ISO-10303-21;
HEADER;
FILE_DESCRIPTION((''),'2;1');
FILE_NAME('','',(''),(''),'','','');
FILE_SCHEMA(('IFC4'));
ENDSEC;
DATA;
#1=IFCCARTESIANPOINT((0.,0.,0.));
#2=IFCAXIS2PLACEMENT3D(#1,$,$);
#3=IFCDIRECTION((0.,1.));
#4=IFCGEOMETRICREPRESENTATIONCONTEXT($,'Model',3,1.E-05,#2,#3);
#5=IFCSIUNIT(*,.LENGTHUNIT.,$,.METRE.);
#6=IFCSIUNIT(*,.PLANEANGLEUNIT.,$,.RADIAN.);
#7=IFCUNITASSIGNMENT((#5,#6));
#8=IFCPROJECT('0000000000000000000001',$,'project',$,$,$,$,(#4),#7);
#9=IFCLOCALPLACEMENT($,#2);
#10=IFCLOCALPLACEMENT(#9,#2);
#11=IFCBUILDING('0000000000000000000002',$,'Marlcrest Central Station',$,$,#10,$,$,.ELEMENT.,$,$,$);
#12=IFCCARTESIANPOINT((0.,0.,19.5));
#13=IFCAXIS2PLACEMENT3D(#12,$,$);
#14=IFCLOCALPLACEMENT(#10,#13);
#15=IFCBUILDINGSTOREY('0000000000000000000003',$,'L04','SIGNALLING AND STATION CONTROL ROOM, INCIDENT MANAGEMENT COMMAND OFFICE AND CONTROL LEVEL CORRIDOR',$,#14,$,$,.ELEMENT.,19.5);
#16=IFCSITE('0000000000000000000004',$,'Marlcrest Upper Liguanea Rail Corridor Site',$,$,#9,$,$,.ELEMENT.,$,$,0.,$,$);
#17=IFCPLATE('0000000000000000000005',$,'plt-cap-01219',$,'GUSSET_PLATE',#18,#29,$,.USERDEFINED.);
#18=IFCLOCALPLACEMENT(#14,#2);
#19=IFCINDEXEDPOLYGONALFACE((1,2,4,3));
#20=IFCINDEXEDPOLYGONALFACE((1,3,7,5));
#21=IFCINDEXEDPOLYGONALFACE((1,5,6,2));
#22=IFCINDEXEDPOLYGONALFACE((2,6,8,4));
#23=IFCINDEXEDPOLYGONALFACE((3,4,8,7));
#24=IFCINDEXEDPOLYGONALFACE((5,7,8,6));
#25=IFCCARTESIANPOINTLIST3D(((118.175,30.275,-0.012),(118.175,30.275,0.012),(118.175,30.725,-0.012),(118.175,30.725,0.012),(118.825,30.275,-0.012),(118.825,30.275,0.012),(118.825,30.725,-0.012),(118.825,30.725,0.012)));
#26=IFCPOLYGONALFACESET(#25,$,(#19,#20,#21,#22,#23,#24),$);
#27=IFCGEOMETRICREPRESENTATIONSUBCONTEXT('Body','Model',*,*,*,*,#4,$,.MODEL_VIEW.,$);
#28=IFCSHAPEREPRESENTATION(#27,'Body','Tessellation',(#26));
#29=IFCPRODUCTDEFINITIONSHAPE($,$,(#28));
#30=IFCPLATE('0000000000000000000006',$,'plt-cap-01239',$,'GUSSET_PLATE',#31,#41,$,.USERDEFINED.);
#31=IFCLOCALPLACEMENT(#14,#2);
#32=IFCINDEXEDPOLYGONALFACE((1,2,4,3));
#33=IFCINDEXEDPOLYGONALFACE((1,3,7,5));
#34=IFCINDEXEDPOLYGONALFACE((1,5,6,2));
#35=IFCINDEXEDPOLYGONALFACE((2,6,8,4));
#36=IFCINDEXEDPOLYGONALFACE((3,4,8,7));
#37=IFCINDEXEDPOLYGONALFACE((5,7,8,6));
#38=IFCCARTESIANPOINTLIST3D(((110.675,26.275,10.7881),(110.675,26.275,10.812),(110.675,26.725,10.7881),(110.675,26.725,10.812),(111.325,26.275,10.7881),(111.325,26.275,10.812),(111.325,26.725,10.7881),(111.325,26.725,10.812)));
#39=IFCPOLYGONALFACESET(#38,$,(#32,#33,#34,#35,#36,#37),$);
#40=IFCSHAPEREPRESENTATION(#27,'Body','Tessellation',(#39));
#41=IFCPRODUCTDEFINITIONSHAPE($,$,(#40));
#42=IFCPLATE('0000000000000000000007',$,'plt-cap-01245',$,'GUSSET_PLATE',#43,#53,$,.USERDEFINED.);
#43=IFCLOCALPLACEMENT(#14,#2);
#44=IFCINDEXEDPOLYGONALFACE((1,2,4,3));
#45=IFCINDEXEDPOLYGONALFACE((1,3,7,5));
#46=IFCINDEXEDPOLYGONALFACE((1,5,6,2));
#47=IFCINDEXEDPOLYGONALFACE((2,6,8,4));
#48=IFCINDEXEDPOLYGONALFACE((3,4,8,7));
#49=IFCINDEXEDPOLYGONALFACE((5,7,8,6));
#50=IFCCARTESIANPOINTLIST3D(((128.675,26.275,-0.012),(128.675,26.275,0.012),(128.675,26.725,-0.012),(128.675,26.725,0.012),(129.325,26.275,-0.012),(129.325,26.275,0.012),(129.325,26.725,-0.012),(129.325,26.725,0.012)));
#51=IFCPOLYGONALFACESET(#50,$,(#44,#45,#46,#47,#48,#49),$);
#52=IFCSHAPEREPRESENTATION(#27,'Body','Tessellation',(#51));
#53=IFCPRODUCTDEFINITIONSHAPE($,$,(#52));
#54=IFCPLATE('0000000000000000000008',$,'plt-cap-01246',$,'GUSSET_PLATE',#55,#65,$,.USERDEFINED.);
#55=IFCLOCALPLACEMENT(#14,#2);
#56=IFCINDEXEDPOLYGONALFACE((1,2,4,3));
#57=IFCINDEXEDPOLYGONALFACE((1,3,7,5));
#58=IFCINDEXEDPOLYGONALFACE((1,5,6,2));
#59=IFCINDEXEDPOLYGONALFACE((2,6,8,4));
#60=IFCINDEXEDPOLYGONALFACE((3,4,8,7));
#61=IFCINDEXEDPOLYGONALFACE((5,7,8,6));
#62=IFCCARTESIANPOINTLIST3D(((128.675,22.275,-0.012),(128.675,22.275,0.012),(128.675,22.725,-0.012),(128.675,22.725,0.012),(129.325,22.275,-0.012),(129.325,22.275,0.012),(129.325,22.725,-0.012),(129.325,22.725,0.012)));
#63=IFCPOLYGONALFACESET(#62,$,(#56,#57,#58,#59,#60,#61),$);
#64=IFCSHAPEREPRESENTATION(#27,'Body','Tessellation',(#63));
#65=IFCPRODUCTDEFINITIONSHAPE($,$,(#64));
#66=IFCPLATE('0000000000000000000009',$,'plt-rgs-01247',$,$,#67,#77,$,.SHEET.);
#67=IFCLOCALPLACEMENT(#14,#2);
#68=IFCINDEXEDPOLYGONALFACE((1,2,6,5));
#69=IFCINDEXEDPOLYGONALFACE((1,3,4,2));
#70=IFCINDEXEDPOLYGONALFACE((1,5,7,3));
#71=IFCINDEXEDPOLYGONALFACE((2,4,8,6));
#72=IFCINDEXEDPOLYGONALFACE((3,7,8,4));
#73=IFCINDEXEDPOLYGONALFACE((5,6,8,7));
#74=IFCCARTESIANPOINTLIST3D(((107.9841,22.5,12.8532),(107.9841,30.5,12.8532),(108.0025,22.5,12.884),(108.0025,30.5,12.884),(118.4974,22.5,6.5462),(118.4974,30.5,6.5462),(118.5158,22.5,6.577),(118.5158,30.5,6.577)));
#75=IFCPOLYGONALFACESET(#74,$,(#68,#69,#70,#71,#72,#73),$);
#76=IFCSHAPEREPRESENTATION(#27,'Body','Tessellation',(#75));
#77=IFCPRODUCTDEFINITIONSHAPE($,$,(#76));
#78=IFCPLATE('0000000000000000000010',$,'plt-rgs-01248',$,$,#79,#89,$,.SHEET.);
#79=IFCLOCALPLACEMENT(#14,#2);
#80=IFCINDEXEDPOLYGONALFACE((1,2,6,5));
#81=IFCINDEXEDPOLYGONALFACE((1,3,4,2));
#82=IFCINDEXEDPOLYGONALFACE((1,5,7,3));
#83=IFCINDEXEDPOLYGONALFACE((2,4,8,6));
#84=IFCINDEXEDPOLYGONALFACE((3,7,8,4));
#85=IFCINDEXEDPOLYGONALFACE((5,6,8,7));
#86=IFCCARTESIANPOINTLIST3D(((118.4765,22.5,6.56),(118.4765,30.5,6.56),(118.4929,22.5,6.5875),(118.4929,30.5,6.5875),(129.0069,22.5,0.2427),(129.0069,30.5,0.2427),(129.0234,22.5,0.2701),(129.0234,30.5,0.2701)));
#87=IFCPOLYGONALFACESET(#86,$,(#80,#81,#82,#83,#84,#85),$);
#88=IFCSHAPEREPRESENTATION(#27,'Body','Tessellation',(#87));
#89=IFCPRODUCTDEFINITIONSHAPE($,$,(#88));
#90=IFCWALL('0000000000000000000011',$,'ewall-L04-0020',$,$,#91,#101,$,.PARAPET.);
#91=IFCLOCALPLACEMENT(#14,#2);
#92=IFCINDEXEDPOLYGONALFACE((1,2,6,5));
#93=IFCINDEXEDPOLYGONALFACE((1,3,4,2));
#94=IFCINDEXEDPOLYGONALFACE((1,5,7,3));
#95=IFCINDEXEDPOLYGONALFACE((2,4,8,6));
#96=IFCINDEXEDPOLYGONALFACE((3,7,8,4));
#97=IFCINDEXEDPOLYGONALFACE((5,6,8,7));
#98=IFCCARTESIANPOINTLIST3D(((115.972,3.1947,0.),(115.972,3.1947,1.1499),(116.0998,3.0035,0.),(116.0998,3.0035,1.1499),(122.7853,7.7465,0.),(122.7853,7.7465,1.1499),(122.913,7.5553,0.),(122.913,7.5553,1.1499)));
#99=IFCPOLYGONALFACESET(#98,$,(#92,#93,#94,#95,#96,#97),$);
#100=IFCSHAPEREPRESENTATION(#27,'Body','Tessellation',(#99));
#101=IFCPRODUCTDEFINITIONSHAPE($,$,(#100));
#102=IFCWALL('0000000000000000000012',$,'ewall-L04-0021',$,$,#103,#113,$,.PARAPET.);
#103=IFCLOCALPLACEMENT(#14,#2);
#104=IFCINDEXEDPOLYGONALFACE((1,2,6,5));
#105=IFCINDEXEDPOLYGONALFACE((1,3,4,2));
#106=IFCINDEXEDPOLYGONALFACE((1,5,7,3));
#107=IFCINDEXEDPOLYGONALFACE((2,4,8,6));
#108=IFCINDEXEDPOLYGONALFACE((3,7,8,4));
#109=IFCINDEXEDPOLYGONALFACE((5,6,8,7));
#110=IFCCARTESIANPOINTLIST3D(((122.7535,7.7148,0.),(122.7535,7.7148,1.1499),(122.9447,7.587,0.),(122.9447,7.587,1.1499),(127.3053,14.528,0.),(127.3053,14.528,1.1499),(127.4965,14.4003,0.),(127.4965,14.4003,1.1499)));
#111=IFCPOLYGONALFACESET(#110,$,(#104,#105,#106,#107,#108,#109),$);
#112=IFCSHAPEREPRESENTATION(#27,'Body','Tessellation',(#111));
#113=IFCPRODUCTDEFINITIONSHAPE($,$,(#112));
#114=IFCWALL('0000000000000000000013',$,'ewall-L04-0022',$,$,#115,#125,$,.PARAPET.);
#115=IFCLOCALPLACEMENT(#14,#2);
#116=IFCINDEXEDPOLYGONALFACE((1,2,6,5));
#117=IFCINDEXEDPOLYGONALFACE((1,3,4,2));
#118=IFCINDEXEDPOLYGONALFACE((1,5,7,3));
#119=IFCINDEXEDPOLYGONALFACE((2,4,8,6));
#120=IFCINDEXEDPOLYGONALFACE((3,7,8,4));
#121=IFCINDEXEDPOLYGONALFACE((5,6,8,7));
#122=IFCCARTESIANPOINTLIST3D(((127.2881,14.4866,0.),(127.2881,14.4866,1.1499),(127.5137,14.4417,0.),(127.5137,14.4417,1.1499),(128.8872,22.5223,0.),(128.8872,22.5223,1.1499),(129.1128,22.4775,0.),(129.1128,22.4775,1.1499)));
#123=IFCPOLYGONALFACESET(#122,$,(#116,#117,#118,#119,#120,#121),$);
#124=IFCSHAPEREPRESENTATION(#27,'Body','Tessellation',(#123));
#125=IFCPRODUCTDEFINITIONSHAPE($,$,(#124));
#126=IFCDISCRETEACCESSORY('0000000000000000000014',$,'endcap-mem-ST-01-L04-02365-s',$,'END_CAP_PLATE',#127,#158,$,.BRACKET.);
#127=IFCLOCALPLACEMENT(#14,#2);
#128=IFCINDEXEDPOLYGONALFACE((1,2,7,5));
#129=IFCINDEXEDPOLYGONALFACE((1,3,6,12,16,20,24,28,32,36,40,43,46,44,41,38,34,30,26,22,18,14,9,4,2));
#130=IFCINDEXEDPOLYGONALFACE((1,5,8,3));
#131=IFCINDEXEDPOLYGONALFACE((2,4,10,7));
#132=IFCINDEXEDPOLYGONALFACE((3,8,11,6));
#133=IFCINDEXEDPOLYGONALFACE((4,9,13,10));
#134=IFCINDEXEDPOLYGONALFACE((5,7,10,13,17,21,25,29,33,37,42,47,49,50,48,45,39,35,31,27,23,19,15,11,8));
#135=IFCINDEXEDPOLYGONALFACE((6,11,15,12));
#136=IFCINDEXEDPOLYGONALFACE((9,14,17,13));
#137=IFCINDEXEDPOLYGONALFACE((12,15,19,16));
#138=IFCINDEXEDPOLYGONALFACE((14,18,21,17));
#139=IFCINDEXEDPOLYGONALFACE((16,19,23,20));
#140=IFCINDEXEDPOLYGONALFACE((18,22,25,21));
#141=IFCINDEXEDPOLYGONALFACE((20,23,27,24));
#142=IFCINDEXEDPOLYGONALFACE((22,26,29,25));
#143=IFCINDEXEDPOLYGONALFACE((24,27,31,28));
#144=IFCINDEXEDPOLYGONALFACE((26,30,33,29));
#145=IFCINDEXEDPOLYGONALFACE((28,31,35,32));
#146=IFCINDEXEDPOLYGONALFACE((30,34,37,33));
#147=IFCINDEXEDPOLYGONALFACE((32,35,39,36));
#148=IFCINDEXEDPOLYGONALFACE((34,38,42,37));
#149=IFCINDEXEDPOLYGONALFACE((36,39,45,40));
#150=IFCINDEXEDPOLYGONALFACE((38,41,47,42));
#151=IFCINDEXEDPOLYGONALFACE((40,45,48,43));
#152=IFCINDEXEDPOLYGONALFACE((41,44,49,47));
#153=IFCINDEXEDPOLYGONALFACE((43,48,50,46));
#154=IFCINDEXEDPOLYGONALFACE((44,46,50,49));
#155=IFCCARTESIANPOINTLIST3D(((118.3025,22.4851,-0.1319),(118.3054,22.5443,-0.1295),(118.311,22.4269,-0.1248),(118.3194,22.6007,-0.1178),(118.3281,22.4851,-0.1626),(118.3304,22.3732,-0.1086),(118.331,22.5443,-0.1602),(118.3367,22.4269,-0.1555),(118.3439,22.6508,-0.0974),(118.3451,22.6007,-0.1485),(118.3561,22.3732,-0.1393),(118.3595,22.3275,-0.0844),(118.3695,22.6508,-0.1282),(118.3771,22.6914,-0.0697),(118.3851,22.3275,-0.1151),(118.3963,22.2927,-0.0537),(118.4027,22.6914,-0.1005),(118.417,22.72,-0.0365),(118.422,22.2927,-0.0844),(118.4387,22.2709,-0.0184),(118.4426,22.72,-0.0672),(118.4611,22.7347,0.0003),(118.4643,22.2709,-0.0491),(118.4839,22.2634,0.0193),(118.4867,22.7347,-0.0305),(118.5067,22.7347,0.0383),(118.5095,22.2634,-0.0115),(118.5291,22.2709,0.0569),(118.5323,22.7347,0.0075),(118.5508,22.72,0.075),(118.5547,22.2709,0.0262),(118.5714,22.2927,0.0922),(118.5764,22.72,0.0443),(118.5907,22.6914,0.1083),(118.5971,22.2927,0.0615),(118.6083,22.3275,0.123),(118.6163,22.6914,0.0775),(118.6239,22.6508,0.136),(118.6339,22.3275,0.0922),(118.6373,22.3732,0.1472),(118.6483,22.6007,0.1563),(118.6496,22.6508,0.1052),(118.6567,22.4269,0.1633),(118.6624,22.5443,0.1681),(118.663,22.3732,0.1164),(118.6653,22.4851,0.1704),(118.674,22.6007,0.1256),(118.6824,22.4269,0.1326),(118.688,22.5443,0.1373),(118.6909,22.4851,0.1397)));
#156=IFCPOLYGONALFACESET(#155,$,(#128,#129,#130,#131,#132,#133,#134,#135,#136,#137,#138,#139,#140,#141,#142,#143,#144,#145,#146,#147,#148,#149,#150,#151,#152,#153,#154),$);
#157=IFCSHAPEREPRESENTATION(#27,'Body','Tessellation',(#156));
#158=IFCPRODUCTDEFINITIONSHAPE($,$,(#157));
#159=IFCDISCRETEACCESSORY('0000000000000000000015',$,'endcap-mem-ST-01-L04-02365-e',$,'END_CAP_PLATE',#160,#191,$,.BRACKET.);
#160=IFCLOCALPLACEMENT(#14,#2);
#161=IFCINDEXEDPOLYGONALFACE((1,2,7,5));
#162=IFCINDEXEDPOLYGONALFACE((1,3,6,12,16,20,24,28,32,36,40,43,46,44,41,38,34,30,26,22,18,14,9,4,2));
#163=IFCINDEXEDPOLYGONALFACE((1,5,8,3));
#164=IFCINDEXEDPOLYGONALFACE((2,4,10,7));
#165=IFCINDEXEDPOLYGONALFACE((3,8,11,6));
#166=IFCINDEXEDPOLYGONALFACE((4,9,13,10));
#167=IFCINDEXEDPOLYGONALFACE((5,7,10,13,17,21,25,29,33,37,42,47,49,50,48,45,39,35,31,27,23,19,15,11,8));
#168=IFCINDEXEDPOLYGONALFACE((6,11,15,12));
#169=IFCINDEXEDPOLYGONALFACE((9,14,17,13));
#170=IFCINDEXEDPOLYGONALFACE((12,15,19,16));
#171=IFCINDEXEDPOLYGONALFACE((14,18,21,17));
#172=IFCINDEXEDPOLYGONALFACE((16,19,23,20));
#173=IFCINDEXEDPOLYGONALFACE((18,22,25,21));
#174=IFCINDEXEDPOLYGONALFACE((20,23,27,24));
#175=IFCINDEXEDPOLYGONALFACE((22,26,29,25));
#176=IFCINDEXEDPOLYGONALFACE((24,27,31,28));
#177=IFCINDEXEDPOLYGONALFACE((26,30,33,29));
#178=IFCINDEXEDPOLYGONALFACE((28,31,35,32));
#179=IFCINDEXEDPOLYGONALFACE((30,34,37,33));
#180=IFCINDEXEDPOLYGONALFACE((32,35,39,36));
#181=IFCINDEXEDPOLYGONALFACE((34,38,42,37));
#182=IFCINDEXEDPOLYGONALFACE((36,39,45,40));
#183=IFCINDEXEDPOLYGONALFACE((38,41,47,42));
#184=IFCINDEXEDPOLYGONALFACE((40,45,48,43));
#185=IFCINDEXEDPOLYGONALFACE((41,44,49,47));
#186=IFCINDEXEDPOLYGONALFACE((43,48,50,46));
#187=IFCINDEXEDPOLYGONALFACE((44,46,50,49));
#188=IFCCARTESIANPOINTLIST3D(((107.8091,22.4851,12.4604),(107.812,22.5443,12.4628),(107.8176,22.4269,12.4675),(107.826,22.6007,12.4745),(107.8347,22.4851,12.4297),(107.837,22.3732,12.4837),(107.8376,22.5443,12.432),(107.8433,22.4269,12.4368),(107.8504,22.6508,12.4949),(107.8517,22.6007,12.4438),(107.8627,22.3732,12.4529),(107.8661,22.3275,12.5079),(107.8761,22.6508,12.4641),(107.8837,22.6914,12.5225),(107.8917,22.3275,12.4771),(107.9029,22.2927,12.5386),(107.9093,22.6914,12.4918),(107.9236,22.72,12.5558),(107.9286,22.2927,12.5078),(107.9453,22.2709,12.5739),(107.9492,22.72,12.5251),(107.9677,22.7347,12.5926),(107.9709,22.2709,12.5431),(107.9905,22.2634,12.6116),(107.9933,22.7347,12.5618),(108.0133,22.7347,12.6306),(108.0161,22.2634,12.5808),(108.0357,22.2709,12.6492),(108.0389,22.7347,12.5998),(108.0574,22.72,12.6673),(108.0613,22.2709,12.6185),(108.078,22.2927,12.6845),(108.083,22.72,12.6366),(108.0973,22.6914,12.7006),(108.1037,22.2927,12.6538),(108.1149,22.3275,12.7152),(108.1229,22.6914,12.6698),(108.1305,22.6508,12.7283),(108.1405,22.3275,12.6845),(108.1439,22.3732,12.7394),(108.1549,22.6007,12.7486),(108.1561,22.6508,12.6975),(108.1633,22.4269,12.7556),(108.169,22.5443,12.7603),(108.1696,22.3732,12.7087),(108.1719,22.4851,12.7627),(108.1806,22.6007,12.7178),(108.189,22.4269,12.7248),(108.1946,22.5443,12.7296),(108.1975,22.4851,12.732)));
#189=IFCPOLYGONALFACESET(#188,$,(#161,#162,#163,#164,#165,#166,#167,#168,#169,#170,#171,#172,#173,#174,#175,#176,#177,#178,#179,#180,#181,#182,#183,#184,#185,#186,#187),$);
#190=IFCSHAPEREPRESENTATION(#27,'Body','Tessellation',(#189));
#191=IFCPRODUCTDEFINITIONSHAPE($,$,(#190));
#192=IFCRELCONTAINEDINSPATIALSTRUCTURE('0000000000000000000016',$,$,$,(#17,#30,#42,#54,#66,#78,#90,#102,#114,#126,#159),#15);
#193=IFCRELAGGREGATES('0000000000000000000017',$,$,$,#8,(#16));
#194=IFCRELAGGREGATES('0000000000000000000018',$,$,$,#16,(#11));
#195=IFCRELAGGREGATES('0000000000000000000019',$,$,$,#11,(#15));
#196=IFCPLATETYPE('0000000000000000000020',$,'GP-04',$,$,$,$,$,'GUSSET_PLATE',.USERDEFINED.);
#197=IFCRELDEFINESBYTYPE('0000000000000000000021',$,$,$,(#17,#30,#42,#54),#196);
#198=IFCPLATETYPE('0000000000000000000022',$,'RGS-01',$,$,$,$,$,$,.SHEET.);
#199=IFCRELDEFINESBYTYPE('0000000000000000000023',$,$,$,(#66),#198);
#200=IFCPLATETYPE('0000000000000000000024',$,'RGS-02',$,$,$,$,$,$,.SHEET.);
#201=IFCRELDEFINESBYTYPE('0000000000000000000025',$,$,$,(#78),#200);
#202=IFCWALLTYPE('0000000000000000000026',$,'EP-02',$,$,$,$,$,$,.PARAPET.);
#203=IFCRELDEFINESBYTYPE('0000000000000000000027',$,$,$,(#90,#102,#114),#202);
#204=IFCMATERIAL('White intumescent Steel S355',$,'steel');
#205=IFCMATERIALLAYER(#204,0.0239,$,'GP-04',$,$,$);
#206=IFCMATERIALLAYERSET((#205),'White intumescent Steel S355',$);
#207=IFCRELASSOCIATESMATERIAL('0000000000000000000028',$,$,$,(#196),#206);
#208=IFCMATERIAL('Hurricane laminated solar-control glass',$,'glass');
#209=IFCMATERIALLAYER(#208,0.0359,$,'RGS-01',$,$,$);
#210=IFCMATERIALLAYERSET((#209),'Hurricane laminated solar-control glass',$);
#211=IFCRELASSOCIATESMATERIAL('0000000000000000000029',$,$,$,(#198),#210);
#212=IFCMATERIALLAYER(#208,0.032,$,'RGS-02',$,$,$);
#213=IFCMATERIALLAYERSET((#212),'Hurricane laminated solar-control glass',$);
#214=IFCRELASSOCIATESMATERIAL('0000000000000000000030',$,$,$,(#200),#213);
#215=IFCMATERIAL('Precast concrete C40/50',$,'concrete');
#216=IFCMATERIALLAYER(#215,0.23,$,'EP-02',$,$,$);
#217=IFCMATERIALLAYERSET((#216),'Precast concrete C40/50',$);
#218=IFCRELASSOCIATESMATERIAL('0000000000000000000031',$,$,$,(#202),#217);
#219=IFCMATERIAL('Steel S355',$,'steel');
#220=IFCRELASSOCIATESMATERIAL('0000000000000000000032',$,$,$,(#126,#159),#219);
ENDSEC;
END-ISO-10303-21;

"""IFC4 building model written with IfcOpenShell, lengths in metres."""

from ifc_helpers import new_model, si_unit, direction, frame, frame_2d, origin, origin_2d, place, context, subcontext, project, spatial, rectangle, circle, extrude, material, layer, layer_set, type_object, element, save


model = new_model("IFC4")

# Units and contexts
model_context = context("Model", 3, precision=1e-05, world=origin(), true_north=direction((0.0, 1.0)))
body_context = subcontext(model_context, "Body", "Model", "MODEL_VIEW")
ifc_project = project(units=[si_unit("LENGTHUNIT", "METRE"), si_unit("PLANEANGLEUNIT", "RADIAN")], contexts=[model_context])

# Site, building, storey
site_placement = place(None, origin())
site = spatial("IfcSite", under=ifc_project, at=site_placement, Name="Marlcrest Upper Liguanea Rail Corridor Site", CompositionType="ELEMENT", RefElevation=0.0)
building_placement = place(site_placement, origin())
building = spatial("IfcBuilding", under=site, at=building_placement, Name="Marlcrest Central Station", CompositionType="ELEMENT")
storey_placement = place(building_placement, frame((0.0, 0.0, 19.5)))
storey = spatial("IfcBuildingStorey", under=building, at=storey_placement, Name="L04", Description="SIGNALLING AND STATION CONTROL ROOM, INCIDENT MANAGEMENT COMMAND OFFICE AND CONTROL LEVEL CORRIDOR", CompositionType="ELEMENT", Elevation=19.5)

# Shared definitions
ifc_material_1 = material(Name="White intumescent Steel S355", Category="steel")

# Shared definitions
ifc_material_2 = material(Name="Steel S355", Category="steel")

# Plates
ifc_layer_1 = layer(ifc_material_1, 0.0239, Name="GP-04")
ifc_layer_set_1 = layer_set([ifc_layer_1], Name="White intumescent Steel S355")
plate_type_1 = type_object("IfcPlateType", Name="GP-04", ElementType="GUSSET_PLATE", PredefinedType="USERDEFINED", material=ifc_layer_set_1)
for number, where, z_axis, x_axis, name in (
    (1, (118.5, 30.5, -0.012), (0.0, 0.0, 1.0), (1.0, 0.0, 0.0), "plt-cap-01219"),
    (2, (111.0, 26.5, 10.7881), (0.0, 0.0, 1.0), (1.0, 0.0, 0.0), "plt-cap-01239"),
    (3, (129.0, 26.5, -0.012), (0.0, 0.0, 1.0), (1.0, 0.0, 0.0), "plt-cap-01245"),
    (4, (129.0, 22.5, -0.012), (0.0, 0.0, 1.0), (1.0, 0.0, 0.0), "plt-cap-01246"),
):
    element("IfcPlate", number, at=place(storey_placement, frame(where, z_axis=z_axis, x_axis=x_axis)), inside=storey, type_object=plate_type_1, Name=name, ObjectType="GUSSET_PLATE", PredefinedType="USERDEFINED", context=body_context, shape_type="SweptSolid", body=[
        extrude(rectangle(XDim=0.6499, YDim=0.45, at=origin_2d()), origin(), (0.0, 0.0, 1.0), 0.0239),
    ])
ifc_material_3 = material(Name="Hurricane laminated solar-control glass", Category="glass")
ifc_layer_2 = layer(ifc_material_3, 0.0359, Name="RGS-01")
ifc_layer_set_2 = layer_set([ifc_layer_2], Name="Hurricane laminated solar-control glass")
plate_type_2 = type_object("IfcPlateType", Name="RGS-01", PredefinedType="SHEET", material=ifc_layer_set_2)
plate_1_placement = place(storey_placement, frame((113.2407, 26.5, 9.6997), z_axis=(0.51444, 0.0, 0.857527), x_axis=(0.857527, 0.0, -0.51444)))
element("IfcPlate", 5, at=plate_1_placement, inside=storey, type_object=plate_type_2, Name="plt-rgs-01247", PredefinedType="SHEET", context=body_context, shape_type="SweptSolid", body=[
    extrude(rectangle(XDim=12.26, YDim=8.0, at=origin_2d()), origin(), (0.0, 0.0, 1.0), 0.0359),
])
ifc_layer_3 = layer(ifc_material_3, 0.032, Name="RGS-02")
ifc_layer_set_3 = layer_set([ifc_layer_3], Name="Hurricane laminated solar-control glass")
plate_type_3 = type_object("IfcPlateType", Name="RGS-02", PredefinedType="SHEET", material=ifc_layer_set_3)
plate_2_placement = place(storey_placement, frame((123.7417, 26.5, 3.4014), z_axis=(0.51444, 0.0, 0.857527), x_axis=(0.857527, 0.0, -0.51444)))
element("IfcPlate", 6, at=plate_2_placement, inside=storey, type_object=plate_type_3, Name="plt-rgs-01248", PredefinedType="SHEET", context=body_context, shape_type="SweptSolid", body=[
    extrude(rectangle(XDim=12.28, YDim=8.0, at=origin_2d()), origin(), (0.0, 0.0, 1.0), 0.032),
])

# Walls
ifc_material_4 = material(Name="Precast concrete C40/50", Category="concrete")
ifc_layer_4 = layer(ifc_material_4, 0.23, Name="EP-02")
ifc_layer_set_4 = layer_set([ifc_layer_4], Name="Precast concrete C40/50")
wall_type = type_object("IfcWallType", Name="EP-02", PredefinedType="PARAPET", material=ifc_layer_set_4)
for number, where, z_axis, x_axis, name in (
    (7, (116.0359, 3.0991, 0.0), (0.0, 0.0, 1.0), (0.831509, 0.555511, 0.0), "ewall-L04-0020"),
    (8, (122.8491, 7.6509, 0.0), (0.0, 0.0, 1.0), (0.555511, 0.831509, 0.0), "ewall-L04-0021"),
):
    element("IfcWall", number, at=place(storey_placement, frame(where, z_axis=z_axis, x_axis=x_axis)), inside=storey, type_object=wall_type, Name=name, PredefinedType="PARAPET", context=body_context, shape_type="SweptSolid", body=[
        extrude(rectangle(XDim=8.1938, YDim=0.23, at=frame_2d((4.0969, 0.0))), origin(), (0.0, 0.0, 1.0), 1.1499),
    ])
wall_placement = place(storey_placement, frame((127.4009, 14.4641, 0.0), z_axis=(0.0, 0.0, 1.0), x_axis=(0.195171, 0.980769, 0.0)))
element("IfcWall", 9, at=wall_placement, inside=storey, type_object=wall_type, Name="ewall-L04-0022", PredefinedType="PARAPET", context=body_context, shape_type="SweptSolid", body=[
    extrude(rectangle(XDim=8.1934, YDim=0.23, at=frame_2d((4.0967, 0.0))), origin(), (0.0, 0.0, 1.0), 1.1499),
])

# Discrete accessories
for number, where, z_axis, x_axis, name in (
    (10, (118.5095, 22.5, -0.0115), (-0.640181, 0.0, 0.768224), (0.0, -1.0, 0.0), "endcap-mem-ST-01-L04-02365-s"),
    (11, (108.0161, 22.5, 12.5808), (-0.640181, 0.0, 0.768224), (0.0, -1.0, 0.0), "endcap-mem-ST-01-L04-02365-e"),
):
    element("IfcDiscreteAccessory", number, at=place(storey_placement, frame(where, z_axis=z_axis, x_axis=x_axis)), inside=storey, material=ifc_material_2, Name=name, ObjectType="END_CAP_PLATE", PredefinedType="BRACKET", context=body_context, shape_type="SweptSolid", body=[
        extrude(circle(Radius=0.2366, at=origin_2d()), origin(), (0.0, 0.0, 1.0), 0.04),
    ])

save(model, "model.ifc")
